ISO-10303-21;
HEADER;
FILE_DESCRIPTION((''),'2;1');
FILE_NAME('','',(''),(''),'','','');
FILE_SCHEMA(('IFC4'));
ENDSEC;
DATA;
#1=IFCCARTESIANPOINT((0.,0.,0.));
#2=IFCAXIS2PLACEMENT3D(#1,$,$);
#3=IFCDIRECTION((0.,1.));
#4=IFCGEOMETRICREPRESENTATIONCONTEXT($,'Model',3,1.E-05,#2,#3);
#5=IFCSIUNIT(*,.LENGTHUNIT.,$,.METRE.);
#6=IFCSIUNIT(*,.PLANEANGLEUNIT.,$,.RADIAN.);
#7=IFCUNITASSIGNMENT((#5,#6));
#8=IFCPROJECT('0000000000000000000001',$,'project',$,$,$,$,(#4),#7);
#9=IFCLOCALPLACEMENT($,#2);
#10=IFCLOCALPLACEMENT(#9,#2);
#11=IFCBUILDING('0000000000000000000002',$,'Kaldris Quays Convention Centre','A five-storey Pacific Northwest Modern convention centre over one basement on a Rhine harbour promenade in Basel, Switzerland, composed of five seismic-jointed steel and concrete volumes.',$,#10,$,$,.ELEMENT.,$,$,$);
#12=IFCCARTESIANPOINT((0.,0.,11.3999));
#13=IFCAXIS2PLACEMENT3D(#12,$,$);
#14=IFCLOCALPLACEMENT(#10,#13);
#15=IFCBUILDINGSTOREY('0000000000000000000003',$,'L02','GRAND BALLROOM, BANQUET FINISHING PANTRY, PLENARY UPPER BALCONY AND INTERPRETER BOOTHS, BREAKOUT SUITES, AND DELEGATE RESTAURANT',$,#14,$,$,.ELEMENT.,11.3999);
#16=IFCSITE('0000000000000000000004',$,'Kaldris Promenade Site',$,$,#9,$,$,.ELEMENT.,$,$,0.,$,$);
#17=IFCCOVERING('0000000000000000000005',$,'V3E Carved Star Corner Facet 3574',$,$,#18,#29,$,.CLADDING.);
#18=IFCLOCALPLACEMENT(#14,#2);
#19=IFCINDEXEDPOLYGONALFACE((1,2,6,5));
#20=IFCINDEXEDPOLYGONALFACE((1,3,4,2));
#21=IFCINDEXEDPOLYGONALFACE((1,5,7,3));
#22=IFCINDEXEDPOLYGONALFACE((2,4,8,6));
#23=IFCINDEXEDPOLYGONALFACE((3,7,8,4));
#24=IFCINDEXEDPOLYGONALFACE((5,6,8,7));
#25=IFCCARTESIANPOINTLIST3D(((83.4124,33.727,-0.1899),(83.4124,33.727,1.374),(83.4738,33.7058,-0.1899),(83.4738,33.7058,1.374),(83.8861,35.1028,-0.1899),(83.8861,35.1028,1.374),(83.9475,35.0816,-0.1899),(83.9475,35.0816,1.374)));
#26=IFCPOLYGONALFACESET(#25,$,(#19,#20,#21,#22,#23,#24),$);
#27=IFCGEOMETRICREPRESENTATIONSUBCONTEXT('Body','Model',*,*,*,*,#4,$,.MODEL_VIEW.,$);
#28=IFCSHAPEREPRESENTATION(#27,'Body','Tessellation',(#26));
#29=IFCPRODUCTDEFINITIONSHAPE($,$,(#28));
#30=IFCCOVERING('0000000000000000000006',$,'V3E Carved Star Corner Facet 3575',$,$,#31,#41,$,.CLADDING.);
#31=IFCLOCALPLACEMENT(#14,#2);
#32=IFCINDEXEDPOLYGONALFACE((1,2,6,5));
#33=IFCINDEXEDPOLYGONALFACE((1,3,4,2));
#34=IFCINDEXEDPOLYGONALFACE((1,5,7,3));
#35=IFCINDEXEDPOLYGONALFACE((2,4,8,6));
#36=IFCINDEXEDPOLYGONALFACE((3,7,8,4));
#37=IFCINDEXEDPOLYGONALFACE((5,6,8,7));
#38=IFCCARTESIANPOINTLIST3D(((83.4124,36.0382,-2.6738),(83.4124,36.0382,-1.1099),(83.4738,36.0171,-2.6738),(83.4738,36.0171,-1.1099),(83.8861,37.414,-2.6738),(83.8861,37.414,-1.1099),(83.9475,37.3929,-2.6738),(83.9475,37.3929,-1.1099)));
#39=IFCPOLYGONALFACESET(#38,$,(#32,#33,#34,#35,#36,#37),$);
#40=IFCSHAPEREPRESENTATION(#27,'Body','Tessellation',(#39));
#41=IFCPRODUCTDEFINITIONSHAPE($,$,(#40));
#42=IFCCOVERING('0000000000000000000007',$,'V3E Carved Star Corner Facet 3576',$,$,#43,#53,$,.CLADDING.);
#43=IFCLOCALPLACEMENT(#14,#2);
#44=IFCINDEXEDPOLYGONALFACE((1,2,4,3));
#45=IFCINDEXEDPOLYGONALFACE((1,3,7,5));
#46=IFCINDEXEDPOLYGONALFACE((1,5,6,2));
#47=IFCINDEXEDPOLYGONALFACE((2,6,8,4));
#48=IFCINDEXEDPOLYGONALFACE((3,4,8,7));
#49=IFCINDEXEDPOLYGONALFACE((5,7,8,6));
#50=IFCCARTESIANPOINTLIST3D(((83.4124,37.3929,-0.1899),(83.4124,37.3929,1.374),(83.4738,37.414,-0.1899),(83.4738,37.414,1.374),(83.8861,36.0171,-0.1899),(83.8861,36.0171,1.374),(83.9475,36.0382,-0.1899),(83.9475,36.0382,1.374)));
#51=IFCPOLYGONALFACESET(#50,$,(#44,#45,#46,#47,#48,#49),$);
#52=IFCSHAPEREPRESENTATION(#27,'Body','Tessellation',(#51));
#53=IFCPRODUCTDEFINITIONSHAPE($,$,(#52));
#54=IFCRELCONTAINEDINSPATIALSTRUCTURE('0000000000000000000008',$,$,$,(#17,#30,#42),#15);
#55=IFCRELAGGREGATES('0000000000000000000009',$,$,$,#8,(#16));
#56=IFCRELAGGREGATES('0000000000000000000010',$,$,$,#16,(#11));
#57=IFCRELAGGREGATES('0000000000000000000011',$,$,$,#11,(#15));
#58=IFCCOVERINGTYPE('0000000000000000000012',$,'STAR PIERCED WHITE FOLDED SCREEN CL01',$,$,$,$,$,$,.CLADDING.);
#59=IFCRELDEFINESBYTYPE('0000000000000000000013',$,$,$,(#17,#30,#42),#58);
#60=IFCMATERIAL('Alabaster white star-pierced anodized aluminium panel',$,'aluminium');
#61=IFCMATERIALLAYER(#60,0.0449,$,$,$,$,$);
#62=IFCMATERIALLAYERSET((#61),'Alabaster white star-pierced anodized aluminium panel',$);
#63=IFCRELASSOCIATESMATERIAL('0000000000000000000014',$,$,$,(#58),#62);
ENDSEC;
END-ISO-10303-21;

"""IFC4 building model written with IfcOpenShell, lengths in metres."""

from ifc_helpers import new_model, si_unit, direction, frame, origin, origin_2d, place, context, subcontext, project, spatial, rectangle, extrude, material, layer, layer_set, type_object, element, save


model = new_model("IFC4")

# Units and contexts
model_context = context("Model", 3, precision=1e-05, world=origin(), true_north=direction((0.0, 1.0)))
body_context = subcontext(model_context, "Body", "Model", "MODEL_VIEW")
ifc_project = project(units=[si_unit("LENGTHUNIT", "METRE"), si_unit("PLANEANGLEUNIT", "RADIAN")], contexts=[model_context])

# Site, building, storey
site_placement = place(None, origin())
site = spatial("IfcSite", under=ifc_project, at=site_placement, Name="Kaldris Promenade Site", CompositionType="ELEMENT", RefElevation=0.0)
building_placement = place(site_placement, origin())
building = spatial("IfcBuilding", under=site, at=building_placement, Name="Kaldris Quays Convention Centre", Description="A five-storey Pacific Northwest Modern convention centre over one basement on a Rhine harbour promenade in Basel, Switzerland, composed of five seismic-jointed steel and concrete volumes.", CompositionType="ELEMENT")
storey_placement = place(building_placement, frame((0.0, 0.0, 11.3999)))
storey = spatial("IfcBuildingStorey", under=building, at=storey_placement, Name="L02", Description="GRAND BALLROOM, BANQUET FINISHING PANTRY, PLENARY UPPER BALCONY AND INTERPRETER BOOTHS, BREAKOUT SUITES, AND DELEGATE RESTAURANT", CompositionType="ELEMENT", Elevation=11.3999)

# Coverings
ifc_material_1 = material(Name="Alabaster white star-pierced anodized aluminium panel", Category="aluminium")
ifc_layer = layer(ifc_material_1, 0.0449)
ifc_layer_set = layer_set([ifc_layer], Name="Alabaster white star-pierced anodized aluminium panel")
covering_type = type_object("IfcCoveringType", Name="STAR PIERCED WHITE FOLDED SCREEN CL01", PredefinedType="CLADDING", material=ifc_layer_set)
for number, where, z_axis, x_axis, name in (
    (1, (83.6799, 34.4043, -0.1899), (0.0, 0.0, 1.0), (0.325568, 0.945519, 0.0), "V3E Carved Star Corner Facet 3574"),
    (2, (83.6799, 36.7156, -2.6738), (0.0, 0.0, 1.0), (0.325568, 0.945519, 0.0), "V3E Carved Star Corner Facet 3575"),
    (3, (83.6799, 36.7156, -0.1899), (0.0, 0.0, 1.0), (-0.325568, 0.945519, 0.0), "V3E Carved Star Corner Facet 3576"),
):
    element("IfcCovering", number, at=place(storey_placement, frame(where, z_axis=z_axis, x_axis=x_axis)), inside=storey, type_object=covering_type, Name=name, PredefinedType="CLADDING", context=body_context, shape_type="SweptSolid", body=[
        extrude(rectangle(XDim=1.4551, YDim=0.0649, at=origin_2d()), origin(), (0.0, 0.0, 1.0), 1.564),
    ])

save(model, "model.ifc")
